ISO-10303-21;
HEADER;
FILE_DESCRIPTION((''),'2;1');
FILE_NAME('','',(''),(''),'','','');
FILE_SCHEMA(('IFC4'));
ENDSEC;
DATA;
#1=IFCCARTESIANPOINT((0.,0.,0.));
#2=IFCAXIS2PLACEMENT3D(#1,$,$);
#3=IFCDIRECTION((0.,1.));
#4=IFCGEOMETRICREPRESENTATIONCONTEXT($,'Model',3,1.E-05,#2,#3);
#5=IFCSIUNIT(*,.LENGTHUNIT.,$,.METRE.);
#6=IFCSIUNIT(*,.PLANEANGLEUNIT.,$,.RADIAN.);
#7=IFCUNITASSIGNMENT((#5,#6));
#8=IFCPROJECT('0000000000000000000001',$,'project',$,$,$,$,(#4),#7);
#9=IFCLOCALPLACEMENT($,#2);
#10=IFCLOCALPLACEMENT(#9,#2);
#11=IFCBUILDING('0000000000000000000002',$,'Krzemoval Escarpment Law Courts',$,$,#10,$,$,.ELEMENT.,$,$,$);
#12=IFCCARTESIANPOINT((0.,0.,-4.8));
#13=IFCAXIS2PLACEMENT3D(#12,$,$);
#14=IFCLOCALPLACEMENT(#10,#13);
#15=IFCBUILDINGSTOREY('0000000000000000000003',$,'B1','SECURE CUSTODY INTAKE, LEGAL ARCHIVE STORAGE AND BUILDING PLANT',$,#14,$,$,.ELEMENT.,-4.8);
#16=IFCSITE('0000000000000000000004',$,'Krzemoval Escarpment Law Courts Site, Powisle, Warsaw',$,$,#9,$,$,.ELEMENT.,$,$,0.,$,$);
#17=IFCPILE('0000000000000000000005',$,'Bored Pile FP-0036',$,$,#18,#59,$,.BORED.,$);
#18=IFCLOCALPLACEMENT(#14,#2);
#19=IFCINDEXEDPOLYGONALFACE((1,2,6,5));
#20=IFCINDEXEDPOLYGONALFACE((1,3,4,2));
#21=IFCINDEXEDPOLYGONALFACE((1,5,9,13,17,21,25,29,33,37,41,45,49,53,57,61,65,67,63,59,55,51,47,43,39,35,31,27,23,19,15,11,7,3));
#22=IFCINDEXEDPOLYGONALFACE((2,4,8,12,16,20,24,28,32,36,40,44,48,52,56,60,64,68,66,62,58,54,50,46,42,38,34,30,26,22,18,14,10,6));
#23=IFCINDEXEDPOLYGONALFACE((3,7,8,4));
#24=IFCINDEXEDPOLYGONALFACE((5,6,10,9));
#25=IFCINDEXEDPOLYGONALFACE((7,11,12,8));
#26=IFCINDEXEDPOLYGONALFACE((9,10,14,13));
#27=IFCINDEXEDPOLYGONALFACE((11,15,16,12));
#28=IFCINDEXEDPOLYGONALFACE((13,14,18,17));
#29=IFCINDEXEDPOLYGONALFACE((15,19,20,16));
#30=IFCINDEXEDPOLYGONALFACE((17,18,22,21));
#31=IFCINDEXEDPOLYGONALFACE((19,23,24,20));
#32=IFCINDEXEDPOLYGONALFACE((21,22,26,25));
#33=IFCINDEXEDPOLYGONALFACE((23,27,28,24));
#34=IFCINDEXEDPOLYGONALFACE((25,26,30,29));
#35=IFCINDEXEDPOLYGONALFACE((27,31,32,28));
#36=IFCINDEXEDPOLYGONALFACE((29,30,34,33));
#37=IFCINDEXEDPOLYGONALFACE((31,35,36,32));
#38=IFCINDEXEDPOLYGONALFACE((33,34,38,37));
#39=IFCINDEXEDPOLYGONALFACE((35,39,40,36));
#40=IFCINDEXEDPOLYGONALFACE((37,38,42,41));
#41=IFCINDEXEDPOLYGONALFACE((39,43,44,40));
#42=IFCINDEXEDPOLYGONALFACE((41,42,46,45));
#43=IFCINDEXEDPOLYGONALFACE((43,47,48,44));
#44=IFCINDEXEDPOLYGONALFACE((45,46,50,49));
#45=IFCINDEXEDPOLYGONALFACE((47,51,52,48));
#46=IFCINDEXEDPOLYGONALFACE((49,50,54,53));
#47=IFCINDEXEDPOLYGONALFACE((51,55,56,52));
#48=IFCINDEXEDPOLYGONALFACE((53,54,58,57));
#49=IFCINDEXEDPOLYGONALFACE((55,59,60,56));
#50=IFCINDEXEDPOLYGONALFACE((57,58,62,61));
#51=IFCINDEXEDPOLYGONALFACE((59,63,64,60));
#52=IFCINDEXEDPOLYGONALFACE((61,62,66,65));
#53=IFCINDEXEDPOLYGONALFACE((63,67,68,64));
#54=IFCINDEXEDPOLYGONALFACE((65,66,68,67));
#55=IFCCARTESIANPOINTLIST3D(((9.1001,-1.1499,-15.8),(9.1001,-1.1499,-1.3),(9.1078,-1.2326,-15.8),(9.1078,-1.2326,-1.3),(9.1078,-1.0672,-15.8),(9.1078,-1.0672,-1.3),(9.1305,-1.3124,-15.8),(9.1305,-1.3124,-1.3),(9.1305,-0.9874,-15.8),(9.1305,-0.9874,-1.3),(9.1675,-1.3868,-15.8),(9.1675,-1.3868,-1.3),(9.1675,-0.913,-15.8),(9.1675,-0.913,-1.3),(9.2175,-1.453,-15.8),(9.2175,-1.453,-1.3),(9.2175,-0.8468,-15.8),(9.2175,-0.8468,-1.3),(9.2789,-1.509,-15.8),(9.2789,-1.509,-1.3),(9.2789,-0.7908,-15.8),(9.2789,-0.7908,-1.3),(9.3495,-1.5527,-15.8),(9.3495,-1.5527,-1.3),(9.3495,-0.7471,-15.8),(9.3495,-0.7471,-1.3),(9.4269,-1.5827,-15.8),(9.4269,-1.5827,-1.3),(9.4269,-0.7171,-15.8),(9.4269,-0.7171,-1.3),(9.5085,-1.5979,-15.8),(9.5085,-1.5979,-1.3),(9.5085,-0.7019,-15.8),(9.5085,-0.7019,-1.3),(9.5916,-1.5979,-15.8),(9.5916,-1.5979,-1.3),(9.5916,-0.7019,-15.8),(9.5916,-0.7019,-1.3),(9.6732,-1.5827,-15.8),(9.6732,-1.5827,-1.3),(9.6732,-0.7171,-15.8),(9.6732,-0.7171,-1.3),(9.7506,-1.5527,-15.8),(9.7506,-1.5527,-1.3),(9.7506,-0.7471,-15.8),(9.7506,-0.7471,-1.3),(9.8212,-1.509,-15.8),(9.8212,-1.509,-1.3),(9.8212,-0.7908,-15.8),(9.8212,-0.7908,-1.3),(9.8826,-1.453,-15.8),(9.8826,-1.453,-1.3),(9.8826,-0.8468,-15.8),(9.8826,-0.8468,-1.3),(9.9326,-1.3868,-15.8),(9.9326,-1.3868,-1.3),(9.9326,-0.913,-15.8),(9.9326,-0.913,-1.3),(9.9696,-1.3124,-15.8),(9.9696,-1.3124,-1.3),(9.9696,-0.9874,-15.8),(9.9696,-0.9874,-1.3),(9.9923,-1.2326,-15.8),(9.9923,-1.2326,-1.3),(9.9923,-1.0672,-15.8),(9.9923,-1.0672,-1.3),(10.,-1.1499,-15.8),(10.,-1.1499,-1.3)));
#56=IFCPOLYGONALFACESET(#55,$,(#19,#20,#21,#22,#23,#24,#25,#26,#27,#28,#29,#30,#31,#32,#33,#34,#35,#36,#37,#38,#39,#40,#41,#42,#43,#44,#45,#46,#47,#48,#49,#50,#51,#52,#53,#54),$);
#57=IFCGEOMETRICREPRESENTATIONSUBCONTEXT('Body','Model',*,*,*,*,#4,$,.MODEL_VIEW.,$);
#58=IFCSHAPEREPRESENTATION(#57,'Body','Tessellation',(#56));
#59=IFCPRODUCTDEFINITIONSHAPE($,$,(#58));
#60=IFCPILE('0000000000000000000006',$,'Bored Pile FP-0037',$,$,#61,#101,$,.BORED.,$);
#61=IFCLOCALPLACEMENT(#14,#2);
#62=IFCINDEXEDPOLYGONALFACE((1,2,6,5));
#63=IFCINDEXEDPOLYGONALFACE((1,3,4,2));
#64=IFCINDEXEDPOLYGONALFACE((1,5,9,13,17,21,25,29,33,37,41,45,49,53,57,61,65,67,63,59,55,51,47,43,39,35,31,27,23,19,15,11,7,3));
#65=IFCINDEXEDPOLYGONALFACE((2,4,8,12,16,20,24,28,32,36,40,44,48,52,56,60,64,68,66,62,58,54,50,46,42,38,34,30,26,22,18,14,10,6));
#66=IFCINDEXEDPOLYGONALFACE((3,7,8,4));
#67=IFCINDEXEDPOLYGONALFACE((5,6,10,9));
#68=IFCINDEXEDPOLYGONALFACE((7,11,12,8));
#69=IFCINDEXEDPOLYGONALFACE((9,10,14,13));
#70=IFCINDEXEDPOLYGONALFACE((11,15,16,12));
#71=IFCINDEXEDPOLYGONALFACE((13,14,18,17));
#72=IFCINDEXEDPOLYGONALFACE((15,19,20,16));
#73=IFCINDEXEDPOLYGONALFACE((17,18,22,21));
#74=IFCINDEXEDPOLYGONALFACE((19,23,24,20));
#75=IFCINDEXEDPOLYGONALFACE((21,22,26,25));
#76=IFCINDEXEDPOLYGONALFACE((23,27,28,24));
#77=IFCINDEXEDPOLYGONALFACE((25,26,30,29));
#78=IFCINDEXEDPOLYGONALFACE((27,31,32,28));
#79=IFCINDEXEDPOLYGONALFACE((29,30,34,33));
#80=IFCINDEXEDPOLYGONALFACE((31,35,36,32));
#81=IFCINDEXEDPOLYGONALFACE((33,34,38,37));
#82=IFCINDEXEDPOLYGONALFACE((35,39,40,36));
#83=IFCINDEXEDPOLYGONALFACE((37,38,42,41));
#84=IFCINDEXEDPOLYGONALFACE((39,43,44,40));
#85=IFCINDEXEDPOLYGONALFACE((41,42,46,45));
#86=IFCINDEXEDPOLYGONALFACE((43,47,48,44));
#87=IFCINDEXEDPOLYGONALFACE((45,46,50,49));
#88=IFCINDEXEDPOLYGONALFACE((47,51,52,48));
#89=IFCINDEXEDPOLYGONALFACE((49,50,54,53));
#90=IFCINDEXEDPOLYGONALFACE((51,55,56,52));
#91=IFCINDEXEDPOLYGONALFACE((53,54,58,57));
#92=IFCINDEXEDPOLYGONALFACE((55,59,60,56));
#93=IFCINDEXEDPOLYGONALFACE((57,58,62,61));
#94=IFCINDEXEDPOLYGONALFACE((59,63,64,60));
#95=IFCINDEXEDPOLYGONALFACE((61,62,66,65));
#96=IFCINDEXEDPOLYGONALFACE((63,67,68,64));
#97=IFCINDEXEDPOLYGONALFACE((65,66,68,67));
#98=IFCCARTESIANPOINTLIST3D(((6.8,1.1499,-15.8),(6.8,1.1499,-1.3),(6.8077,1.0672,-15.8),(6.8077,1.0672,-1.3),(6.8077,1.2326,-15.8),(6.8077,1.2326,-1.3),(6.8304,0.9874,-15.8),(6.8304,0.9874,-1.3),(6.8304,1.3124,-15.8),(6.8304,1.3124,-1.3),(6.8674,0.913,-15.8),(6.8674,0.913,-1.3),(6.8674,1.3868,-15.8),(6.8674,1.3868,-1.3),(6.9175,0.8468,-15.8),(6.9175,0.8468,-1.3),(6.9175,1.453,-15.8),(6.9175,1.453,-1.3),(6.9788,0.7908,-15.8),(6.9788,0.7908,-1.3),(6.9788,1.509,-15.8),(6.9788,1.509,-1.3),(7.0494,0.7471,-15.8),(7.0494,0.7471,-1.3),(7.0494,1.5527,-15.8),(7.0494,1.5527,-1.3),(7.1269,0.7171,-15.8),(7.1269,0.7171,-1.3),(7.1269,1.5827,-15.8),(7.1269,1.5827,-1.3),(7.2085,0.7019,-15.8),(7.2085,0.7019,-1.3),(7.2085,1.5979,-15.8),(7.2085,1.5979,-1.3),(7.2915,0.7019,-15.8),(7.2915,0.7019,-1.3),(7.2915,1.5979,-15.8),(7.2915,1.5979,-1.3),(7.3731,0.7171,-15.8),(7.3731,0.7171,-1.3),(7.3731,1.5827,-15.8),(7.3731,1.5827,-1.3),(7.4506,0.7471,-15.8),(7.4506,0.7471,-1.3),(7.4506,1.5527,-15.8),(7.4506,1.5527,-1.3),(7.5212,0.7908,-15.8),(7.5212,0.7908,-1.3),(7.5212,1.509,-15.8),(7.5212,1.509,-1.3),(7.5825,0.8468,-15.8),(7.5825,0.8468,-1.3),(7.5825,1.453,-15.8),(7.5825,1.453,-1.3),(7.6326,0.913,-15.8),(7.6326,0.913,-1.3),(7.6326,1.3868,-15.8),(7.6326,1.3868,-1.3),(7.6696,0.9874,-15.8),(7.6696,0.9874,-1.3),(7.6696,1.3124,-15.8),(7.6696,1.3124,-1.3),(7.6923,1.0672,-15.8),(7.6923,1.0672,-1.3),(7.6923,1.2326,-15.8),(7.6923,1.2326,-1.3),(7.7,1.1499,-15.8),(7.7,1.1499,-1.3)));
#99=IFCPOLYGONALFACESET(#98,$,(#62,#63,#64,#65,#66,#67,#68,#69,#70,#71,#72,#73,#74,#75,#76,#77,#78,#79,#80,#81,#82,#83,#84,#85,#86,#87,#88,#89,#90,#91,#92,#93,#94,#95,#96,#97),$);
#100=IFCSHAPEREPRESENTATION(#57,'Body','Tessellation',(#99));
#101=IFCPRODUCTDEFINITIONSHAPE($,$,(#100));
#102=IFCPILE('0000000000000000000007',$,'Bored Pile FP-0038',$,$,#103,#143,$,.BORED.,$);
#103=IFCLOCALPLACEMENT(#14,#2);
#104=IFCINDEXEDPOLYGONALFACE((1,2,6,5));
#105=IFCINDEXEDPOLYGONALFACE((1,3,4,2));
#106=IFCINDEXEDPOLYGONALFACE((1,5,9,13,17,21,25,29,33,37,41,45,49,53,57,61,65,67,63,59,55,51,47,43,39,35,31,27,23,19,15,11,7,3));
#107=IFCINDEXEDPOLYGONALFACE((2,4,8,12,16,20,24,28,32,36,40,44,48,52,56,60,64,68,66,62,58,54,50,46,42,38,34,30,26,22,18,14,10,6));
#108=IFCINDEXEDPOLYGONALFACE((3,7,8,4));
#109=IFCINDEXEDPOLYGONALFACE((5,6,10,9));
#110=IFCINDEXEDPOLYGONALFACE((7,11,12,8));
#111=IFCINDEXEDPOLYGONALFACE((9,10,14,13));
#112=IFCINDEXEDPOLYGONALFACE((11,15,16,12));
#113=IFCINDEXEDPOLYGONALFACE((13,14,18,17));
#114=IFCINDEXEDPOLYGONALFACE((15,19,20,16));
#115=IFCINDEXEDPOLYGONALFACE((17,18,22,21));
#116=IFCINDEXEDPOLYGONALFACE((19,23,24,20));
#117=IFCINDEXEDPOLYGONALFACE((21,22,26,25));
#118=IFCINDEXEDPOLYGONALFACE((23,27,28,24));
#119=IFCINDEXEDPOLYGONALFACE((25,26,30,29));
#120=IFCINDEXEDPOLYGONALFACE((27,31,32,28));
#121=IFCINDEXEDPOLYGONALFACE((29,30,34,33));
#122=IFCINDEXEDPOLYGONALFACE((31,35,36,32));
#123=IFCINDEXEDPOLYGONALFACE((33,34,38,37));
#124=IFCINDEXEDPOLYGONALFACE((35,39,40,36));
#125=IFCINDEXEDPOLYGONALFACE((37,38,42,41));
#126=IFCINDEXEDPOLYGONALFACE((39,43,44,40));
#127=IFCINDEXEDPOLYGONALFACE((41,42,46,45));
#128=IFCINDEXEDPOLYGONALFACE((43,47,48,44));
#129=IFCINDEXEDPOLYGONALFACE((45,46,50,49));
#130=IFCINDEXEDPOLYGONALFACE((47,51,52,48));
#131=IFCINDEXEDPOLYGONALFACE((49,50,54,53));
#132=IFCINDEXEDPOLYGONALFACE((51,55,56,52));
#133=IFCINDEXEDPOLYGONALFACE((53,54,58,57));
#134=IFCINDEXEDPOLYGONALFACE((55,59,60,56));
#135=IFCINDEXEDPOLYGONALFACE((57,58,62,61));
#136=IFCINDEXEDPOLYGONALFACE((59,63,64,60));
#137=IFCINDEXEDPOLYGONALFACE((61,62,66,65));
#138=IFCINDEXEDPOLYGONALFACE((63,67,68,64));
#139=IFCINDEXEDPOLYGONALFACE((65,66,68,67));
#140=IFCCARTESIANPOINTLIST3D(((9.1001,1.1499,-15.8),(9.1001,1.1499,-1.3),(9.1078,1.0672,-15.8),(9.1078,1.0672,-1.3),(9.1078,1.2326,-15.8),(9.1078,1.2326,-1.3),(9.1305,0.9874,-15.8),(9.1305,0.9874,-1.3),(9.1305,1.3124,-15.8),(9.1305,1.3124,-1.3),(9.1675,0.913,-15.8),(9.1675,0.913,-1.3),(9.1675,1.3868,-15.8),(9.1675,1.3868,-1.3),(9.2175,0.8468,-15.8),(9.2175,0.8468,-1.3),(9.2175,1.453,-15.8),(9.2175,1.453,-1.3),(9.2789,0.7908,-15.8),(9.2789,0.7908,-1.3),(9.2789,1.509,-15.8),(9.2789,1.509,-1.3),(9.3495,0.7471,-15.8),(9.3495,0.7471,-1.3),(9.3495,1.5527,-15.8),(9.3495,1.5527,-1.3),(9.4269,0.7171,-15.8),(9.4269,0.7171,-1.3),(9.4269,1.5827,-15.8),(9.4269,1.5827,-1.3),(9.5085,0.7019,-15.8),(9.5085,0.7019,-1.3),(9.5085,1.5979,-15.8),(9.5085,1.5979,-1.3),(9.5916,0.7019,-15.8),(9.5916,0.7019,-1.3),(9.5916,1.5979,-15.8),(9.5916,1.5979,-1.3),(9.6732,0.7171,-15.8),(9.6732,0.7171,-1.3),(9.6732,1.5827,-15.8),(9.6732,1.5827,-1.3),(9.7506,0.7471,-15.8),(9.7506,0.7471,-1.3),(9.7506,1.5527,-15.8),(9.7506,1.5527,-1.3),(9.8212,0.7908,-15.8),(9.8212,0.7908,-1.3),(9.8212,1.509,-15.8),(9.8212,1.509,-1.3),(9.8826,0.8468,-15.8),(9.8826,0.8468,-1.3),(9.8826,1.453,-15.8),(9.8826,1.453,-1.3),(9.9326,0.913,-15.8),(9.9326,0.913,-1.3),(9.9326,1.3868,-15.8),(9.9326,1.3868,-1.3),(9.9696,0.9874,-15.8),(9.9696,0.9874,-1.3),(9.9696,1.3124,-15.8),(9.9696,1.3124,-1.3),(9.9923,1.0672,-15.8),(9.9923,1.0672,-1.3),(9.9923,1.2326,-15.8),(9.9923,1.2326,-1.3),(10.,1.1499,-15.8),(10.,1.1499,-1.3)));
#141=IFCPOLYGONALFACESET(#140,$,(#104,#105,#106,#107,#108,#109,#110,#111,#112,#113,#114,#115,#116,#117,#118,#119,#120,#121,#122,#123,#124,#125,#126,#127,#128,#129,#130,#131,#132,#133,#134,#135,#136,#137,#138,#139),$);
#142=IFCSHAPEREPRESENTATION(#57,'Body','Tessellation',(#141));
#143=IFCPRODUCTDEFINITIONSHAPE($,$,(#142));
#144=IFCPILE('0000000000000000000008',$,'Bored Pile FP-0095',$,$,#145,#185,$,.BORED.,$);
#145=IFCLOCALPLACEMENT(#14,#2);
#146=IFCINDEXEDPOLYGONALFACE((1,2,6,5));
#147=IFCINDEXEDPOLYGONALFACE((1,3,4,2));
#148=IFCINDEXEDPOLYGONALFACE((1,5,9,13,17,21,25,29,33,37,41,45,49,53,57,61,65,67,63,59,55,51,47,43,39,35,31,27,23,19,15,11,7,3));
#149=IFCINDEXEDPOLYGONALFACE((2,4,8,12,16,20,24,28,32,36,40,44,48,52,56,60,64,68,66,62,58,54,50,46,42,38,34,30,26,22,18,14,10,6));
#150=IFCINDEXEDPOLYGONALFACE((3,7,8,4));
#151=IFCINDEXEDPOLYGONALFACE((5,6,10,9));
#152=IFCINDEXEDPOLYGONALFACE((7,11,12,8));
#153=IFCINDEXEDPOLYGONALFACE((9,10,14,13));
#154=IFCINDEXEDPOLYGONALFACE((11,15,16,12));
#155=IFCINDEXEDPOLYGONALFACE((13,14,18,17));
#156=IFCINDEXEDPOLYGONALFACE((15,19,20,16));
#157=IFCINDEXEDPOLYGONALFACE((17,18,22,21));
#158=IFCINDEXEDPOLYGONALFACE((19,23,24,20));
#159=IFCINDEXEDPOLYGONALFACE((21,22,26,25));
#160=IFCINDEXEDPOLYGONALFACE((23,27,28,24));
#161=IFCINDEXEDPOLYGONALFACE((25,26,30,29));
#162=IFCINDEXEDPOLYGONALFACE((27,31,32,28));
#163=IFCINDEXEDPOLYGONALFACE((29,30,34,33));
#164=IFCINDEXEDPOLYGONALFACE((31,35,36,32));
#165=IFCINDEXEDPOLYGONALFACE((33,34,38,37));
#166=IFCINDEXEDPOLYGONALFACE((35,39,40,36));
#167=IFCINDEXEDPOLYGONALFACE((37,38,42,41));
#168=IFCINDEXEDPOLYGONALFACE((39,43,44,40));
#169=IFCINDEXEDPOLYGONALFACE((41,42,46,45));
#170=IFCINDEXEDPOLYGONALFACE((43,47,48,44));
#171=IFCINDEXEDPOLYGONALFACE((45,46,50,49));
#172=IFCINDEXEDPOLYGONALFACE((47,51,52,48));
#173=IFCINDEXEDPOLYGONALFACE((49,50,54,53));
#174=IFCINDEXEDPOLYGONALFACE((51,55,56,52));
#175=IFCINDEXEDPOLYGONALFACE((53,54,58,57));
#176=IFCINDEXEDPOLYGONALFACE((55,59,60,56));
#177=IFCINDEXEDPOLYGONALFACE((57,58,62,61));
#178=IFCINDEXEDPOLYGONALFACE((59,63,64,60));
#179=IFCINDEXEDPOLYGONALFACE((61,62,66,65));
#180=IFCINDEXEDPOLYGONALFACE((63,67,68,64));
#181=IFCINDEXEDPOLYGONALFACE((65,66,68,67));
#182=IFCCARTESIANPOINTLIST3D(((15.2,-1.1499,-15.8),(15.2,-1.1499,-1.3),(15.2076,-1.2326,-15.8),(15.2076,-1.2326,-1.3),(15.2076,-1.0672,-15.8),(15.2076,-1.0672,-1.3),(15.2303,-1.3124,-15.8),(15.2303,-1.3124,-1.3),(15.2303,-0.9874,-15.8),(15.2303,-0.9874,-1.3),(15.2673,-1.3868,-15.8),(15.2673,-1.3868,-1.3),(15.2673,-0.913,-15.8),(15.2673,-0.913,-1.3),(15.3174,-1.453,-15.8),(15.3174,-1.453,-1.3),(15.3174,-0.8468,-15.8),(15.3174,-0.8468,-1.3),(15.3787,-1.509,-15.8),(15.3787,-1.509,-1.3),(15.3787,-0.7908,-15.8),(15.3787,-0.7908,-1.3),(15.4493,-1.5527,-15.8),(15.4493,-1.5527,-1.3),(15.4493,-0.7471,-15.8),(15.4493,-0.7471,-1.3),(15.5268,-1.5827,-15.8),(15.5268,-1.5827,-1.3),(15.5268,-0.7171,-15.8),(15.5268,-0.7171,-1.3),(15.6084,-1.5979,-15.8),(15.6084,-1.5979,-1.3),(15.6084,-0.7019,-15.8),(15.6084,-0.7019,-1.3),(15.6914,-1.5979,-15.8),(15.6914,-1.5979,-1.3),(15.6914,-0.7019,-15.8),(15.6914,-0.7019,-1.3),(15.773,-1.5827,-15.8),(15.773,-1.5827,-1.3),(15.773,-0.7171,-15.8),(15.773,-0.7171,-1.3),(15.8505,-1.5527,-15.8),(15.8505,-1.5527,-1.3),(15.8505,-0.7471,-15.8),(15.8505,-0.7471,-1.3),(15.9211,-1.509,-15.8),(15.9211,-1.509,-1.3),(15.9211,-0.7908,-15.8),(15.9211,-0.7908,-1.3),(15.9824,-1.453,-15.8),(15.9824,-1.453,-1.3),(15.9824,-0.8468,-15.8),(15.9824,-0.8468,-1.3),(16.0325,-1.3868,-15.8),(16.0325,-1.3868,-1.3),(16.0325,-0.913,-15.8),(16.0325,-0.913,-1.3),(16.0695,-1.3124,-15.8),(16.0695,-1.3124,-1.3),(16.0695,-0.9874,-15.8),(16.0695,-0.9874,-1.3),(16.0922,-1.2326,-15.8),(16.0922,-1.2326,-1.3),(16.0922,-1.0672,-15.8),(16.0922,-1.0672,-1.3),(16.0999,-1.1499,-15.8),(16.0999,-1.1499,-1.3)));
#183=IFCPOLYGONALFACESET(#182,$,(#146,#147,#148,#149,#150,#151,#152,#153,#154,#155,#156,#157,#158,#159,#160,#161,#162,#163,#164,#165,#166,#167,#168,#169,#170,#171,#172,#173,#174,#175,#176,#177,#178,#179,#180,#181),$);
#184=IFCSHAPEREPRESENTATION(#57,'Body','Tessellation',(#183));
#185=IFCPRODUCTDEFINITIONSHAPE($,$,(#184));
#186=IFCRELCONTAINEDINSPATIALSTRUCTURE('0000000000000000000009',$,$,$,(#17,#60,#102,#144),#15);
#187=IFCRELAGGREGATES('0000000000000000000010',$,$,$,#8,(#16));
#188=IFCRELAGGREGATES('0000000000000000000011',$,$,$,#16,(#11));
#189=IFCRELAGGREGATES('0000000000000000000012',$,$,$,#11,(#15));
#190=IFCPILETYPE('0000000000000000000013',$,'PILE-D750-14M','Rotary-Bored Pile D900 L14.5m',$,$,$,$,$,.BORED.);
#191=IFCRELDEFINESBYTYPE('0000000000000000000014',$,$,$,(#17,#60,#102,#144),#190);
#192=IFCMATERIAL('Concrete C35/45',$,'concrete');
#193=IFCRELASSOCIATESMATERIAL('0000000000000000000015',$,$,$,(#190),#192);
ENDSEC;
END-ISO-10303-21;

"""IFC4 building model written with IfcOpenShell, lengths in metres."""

from ifc_helpers import new_model, si_unit, direction, frame, origin, origin_2d, place, context, subcontext, project, spatial, circle, extrude, material, material_profile, profile_set, type_object, element, save


model = new_model("IFC4")

# Units and contexts
model_context = context("Model", 3, precision=1e-05, world=origin(), true_north=direction((0.0, 1.0)))
body_context = subcontext(model_context, "Body", "Model", "MODEL_VIEW")
ifc_project = project(units=[si_unit("LENGTHUNIT", "METRE"), si_unit("PLANEANGLEUNIT", "RADIAN")], contexts=[model_context])

# Site, building, storey
site_placement = place(None, origin())
site = spatial("IfcSite", under=ifc_project, at=site_placement, Name="Krzemoval Escarpment Law Courts Site, Powisle, Warsaw", CompositionType="ELEMENT", RefElevation=0.0)
building_placement = place(site_placement, origin())
building = spatial("IfcBuilding", under=site, at=building_placement, Name="Krzemoval Escarpment Law Courts", CompositionType="ELEMENT")
storey_placement = place(building_placement, frame((0.0, 0.0, -4.8)))
storey = spatial("IfcBuildingStorey", under=building, at=storey_placement, Name="B1", Description="SECURE CUSTODY INTAKE, LEGAL ARCHIVE STORAGE AND BUILDING PLANT", CompositionType="ELEMENT", Elevation=-4.8)

# Piles
ifc_material_1 = material(Name="Concrete C35/45", Category="concrete")
ifc_material_profile_1 = material_profile(ifc_material_1, circle(Radius=0.45, at=origin_2d()), Name="PILE D900")
ifc_profile_set_1 = profile_set([ifc_material_profile_1], Name="Concrete C35/45")
pile_type = type_object("IfcPileType", Name="PILE-D750-14M", Description="Rotary-Bored Pile D900 L14.5m", PredefinedType="BORED", material=ifc_profile_set_1)
for number, where, z_axis, x_axis, name in (
    (1, (9.55, -1.1499, -1.3), (0.0, 0.0, -1.0), (1.0, 0.0, 0.0), "Bored Pile FP-0036"),
    (2, (7.25, 1.1499, -1.3), (0.0, 0.0, -1.0), (1.0, 0.0, 0.0), "Bored Pile FP-0037"),
    (3, (9.55, 1.1499, -1.3), (0.0, 0.0, -1.0), (1.0, 0.0, 0.0), "Bored Pile FP-0038"),
    (4, (15.6499, -1.1499, -1.3), (0.0, 0.0, -1.0), (1.0, 0.0, 0.0), "Bored Pile FP-0095"),
):
    element("IfcPile", number, at=place(storey_placement, frame(where, z_axis=z_axis, x_axis=x_axis)), inside=storey, type_object=pile_type, Name=name, PredefinedType="BORED", context=body_context, shape_type="SweptSolid", body=[
        extrude(circle(Radius=0.45, at=origin_2d()), origin(), (0.0, 0.0, 1.0), 14.5),
    ])

save(model, "model.ifc")
